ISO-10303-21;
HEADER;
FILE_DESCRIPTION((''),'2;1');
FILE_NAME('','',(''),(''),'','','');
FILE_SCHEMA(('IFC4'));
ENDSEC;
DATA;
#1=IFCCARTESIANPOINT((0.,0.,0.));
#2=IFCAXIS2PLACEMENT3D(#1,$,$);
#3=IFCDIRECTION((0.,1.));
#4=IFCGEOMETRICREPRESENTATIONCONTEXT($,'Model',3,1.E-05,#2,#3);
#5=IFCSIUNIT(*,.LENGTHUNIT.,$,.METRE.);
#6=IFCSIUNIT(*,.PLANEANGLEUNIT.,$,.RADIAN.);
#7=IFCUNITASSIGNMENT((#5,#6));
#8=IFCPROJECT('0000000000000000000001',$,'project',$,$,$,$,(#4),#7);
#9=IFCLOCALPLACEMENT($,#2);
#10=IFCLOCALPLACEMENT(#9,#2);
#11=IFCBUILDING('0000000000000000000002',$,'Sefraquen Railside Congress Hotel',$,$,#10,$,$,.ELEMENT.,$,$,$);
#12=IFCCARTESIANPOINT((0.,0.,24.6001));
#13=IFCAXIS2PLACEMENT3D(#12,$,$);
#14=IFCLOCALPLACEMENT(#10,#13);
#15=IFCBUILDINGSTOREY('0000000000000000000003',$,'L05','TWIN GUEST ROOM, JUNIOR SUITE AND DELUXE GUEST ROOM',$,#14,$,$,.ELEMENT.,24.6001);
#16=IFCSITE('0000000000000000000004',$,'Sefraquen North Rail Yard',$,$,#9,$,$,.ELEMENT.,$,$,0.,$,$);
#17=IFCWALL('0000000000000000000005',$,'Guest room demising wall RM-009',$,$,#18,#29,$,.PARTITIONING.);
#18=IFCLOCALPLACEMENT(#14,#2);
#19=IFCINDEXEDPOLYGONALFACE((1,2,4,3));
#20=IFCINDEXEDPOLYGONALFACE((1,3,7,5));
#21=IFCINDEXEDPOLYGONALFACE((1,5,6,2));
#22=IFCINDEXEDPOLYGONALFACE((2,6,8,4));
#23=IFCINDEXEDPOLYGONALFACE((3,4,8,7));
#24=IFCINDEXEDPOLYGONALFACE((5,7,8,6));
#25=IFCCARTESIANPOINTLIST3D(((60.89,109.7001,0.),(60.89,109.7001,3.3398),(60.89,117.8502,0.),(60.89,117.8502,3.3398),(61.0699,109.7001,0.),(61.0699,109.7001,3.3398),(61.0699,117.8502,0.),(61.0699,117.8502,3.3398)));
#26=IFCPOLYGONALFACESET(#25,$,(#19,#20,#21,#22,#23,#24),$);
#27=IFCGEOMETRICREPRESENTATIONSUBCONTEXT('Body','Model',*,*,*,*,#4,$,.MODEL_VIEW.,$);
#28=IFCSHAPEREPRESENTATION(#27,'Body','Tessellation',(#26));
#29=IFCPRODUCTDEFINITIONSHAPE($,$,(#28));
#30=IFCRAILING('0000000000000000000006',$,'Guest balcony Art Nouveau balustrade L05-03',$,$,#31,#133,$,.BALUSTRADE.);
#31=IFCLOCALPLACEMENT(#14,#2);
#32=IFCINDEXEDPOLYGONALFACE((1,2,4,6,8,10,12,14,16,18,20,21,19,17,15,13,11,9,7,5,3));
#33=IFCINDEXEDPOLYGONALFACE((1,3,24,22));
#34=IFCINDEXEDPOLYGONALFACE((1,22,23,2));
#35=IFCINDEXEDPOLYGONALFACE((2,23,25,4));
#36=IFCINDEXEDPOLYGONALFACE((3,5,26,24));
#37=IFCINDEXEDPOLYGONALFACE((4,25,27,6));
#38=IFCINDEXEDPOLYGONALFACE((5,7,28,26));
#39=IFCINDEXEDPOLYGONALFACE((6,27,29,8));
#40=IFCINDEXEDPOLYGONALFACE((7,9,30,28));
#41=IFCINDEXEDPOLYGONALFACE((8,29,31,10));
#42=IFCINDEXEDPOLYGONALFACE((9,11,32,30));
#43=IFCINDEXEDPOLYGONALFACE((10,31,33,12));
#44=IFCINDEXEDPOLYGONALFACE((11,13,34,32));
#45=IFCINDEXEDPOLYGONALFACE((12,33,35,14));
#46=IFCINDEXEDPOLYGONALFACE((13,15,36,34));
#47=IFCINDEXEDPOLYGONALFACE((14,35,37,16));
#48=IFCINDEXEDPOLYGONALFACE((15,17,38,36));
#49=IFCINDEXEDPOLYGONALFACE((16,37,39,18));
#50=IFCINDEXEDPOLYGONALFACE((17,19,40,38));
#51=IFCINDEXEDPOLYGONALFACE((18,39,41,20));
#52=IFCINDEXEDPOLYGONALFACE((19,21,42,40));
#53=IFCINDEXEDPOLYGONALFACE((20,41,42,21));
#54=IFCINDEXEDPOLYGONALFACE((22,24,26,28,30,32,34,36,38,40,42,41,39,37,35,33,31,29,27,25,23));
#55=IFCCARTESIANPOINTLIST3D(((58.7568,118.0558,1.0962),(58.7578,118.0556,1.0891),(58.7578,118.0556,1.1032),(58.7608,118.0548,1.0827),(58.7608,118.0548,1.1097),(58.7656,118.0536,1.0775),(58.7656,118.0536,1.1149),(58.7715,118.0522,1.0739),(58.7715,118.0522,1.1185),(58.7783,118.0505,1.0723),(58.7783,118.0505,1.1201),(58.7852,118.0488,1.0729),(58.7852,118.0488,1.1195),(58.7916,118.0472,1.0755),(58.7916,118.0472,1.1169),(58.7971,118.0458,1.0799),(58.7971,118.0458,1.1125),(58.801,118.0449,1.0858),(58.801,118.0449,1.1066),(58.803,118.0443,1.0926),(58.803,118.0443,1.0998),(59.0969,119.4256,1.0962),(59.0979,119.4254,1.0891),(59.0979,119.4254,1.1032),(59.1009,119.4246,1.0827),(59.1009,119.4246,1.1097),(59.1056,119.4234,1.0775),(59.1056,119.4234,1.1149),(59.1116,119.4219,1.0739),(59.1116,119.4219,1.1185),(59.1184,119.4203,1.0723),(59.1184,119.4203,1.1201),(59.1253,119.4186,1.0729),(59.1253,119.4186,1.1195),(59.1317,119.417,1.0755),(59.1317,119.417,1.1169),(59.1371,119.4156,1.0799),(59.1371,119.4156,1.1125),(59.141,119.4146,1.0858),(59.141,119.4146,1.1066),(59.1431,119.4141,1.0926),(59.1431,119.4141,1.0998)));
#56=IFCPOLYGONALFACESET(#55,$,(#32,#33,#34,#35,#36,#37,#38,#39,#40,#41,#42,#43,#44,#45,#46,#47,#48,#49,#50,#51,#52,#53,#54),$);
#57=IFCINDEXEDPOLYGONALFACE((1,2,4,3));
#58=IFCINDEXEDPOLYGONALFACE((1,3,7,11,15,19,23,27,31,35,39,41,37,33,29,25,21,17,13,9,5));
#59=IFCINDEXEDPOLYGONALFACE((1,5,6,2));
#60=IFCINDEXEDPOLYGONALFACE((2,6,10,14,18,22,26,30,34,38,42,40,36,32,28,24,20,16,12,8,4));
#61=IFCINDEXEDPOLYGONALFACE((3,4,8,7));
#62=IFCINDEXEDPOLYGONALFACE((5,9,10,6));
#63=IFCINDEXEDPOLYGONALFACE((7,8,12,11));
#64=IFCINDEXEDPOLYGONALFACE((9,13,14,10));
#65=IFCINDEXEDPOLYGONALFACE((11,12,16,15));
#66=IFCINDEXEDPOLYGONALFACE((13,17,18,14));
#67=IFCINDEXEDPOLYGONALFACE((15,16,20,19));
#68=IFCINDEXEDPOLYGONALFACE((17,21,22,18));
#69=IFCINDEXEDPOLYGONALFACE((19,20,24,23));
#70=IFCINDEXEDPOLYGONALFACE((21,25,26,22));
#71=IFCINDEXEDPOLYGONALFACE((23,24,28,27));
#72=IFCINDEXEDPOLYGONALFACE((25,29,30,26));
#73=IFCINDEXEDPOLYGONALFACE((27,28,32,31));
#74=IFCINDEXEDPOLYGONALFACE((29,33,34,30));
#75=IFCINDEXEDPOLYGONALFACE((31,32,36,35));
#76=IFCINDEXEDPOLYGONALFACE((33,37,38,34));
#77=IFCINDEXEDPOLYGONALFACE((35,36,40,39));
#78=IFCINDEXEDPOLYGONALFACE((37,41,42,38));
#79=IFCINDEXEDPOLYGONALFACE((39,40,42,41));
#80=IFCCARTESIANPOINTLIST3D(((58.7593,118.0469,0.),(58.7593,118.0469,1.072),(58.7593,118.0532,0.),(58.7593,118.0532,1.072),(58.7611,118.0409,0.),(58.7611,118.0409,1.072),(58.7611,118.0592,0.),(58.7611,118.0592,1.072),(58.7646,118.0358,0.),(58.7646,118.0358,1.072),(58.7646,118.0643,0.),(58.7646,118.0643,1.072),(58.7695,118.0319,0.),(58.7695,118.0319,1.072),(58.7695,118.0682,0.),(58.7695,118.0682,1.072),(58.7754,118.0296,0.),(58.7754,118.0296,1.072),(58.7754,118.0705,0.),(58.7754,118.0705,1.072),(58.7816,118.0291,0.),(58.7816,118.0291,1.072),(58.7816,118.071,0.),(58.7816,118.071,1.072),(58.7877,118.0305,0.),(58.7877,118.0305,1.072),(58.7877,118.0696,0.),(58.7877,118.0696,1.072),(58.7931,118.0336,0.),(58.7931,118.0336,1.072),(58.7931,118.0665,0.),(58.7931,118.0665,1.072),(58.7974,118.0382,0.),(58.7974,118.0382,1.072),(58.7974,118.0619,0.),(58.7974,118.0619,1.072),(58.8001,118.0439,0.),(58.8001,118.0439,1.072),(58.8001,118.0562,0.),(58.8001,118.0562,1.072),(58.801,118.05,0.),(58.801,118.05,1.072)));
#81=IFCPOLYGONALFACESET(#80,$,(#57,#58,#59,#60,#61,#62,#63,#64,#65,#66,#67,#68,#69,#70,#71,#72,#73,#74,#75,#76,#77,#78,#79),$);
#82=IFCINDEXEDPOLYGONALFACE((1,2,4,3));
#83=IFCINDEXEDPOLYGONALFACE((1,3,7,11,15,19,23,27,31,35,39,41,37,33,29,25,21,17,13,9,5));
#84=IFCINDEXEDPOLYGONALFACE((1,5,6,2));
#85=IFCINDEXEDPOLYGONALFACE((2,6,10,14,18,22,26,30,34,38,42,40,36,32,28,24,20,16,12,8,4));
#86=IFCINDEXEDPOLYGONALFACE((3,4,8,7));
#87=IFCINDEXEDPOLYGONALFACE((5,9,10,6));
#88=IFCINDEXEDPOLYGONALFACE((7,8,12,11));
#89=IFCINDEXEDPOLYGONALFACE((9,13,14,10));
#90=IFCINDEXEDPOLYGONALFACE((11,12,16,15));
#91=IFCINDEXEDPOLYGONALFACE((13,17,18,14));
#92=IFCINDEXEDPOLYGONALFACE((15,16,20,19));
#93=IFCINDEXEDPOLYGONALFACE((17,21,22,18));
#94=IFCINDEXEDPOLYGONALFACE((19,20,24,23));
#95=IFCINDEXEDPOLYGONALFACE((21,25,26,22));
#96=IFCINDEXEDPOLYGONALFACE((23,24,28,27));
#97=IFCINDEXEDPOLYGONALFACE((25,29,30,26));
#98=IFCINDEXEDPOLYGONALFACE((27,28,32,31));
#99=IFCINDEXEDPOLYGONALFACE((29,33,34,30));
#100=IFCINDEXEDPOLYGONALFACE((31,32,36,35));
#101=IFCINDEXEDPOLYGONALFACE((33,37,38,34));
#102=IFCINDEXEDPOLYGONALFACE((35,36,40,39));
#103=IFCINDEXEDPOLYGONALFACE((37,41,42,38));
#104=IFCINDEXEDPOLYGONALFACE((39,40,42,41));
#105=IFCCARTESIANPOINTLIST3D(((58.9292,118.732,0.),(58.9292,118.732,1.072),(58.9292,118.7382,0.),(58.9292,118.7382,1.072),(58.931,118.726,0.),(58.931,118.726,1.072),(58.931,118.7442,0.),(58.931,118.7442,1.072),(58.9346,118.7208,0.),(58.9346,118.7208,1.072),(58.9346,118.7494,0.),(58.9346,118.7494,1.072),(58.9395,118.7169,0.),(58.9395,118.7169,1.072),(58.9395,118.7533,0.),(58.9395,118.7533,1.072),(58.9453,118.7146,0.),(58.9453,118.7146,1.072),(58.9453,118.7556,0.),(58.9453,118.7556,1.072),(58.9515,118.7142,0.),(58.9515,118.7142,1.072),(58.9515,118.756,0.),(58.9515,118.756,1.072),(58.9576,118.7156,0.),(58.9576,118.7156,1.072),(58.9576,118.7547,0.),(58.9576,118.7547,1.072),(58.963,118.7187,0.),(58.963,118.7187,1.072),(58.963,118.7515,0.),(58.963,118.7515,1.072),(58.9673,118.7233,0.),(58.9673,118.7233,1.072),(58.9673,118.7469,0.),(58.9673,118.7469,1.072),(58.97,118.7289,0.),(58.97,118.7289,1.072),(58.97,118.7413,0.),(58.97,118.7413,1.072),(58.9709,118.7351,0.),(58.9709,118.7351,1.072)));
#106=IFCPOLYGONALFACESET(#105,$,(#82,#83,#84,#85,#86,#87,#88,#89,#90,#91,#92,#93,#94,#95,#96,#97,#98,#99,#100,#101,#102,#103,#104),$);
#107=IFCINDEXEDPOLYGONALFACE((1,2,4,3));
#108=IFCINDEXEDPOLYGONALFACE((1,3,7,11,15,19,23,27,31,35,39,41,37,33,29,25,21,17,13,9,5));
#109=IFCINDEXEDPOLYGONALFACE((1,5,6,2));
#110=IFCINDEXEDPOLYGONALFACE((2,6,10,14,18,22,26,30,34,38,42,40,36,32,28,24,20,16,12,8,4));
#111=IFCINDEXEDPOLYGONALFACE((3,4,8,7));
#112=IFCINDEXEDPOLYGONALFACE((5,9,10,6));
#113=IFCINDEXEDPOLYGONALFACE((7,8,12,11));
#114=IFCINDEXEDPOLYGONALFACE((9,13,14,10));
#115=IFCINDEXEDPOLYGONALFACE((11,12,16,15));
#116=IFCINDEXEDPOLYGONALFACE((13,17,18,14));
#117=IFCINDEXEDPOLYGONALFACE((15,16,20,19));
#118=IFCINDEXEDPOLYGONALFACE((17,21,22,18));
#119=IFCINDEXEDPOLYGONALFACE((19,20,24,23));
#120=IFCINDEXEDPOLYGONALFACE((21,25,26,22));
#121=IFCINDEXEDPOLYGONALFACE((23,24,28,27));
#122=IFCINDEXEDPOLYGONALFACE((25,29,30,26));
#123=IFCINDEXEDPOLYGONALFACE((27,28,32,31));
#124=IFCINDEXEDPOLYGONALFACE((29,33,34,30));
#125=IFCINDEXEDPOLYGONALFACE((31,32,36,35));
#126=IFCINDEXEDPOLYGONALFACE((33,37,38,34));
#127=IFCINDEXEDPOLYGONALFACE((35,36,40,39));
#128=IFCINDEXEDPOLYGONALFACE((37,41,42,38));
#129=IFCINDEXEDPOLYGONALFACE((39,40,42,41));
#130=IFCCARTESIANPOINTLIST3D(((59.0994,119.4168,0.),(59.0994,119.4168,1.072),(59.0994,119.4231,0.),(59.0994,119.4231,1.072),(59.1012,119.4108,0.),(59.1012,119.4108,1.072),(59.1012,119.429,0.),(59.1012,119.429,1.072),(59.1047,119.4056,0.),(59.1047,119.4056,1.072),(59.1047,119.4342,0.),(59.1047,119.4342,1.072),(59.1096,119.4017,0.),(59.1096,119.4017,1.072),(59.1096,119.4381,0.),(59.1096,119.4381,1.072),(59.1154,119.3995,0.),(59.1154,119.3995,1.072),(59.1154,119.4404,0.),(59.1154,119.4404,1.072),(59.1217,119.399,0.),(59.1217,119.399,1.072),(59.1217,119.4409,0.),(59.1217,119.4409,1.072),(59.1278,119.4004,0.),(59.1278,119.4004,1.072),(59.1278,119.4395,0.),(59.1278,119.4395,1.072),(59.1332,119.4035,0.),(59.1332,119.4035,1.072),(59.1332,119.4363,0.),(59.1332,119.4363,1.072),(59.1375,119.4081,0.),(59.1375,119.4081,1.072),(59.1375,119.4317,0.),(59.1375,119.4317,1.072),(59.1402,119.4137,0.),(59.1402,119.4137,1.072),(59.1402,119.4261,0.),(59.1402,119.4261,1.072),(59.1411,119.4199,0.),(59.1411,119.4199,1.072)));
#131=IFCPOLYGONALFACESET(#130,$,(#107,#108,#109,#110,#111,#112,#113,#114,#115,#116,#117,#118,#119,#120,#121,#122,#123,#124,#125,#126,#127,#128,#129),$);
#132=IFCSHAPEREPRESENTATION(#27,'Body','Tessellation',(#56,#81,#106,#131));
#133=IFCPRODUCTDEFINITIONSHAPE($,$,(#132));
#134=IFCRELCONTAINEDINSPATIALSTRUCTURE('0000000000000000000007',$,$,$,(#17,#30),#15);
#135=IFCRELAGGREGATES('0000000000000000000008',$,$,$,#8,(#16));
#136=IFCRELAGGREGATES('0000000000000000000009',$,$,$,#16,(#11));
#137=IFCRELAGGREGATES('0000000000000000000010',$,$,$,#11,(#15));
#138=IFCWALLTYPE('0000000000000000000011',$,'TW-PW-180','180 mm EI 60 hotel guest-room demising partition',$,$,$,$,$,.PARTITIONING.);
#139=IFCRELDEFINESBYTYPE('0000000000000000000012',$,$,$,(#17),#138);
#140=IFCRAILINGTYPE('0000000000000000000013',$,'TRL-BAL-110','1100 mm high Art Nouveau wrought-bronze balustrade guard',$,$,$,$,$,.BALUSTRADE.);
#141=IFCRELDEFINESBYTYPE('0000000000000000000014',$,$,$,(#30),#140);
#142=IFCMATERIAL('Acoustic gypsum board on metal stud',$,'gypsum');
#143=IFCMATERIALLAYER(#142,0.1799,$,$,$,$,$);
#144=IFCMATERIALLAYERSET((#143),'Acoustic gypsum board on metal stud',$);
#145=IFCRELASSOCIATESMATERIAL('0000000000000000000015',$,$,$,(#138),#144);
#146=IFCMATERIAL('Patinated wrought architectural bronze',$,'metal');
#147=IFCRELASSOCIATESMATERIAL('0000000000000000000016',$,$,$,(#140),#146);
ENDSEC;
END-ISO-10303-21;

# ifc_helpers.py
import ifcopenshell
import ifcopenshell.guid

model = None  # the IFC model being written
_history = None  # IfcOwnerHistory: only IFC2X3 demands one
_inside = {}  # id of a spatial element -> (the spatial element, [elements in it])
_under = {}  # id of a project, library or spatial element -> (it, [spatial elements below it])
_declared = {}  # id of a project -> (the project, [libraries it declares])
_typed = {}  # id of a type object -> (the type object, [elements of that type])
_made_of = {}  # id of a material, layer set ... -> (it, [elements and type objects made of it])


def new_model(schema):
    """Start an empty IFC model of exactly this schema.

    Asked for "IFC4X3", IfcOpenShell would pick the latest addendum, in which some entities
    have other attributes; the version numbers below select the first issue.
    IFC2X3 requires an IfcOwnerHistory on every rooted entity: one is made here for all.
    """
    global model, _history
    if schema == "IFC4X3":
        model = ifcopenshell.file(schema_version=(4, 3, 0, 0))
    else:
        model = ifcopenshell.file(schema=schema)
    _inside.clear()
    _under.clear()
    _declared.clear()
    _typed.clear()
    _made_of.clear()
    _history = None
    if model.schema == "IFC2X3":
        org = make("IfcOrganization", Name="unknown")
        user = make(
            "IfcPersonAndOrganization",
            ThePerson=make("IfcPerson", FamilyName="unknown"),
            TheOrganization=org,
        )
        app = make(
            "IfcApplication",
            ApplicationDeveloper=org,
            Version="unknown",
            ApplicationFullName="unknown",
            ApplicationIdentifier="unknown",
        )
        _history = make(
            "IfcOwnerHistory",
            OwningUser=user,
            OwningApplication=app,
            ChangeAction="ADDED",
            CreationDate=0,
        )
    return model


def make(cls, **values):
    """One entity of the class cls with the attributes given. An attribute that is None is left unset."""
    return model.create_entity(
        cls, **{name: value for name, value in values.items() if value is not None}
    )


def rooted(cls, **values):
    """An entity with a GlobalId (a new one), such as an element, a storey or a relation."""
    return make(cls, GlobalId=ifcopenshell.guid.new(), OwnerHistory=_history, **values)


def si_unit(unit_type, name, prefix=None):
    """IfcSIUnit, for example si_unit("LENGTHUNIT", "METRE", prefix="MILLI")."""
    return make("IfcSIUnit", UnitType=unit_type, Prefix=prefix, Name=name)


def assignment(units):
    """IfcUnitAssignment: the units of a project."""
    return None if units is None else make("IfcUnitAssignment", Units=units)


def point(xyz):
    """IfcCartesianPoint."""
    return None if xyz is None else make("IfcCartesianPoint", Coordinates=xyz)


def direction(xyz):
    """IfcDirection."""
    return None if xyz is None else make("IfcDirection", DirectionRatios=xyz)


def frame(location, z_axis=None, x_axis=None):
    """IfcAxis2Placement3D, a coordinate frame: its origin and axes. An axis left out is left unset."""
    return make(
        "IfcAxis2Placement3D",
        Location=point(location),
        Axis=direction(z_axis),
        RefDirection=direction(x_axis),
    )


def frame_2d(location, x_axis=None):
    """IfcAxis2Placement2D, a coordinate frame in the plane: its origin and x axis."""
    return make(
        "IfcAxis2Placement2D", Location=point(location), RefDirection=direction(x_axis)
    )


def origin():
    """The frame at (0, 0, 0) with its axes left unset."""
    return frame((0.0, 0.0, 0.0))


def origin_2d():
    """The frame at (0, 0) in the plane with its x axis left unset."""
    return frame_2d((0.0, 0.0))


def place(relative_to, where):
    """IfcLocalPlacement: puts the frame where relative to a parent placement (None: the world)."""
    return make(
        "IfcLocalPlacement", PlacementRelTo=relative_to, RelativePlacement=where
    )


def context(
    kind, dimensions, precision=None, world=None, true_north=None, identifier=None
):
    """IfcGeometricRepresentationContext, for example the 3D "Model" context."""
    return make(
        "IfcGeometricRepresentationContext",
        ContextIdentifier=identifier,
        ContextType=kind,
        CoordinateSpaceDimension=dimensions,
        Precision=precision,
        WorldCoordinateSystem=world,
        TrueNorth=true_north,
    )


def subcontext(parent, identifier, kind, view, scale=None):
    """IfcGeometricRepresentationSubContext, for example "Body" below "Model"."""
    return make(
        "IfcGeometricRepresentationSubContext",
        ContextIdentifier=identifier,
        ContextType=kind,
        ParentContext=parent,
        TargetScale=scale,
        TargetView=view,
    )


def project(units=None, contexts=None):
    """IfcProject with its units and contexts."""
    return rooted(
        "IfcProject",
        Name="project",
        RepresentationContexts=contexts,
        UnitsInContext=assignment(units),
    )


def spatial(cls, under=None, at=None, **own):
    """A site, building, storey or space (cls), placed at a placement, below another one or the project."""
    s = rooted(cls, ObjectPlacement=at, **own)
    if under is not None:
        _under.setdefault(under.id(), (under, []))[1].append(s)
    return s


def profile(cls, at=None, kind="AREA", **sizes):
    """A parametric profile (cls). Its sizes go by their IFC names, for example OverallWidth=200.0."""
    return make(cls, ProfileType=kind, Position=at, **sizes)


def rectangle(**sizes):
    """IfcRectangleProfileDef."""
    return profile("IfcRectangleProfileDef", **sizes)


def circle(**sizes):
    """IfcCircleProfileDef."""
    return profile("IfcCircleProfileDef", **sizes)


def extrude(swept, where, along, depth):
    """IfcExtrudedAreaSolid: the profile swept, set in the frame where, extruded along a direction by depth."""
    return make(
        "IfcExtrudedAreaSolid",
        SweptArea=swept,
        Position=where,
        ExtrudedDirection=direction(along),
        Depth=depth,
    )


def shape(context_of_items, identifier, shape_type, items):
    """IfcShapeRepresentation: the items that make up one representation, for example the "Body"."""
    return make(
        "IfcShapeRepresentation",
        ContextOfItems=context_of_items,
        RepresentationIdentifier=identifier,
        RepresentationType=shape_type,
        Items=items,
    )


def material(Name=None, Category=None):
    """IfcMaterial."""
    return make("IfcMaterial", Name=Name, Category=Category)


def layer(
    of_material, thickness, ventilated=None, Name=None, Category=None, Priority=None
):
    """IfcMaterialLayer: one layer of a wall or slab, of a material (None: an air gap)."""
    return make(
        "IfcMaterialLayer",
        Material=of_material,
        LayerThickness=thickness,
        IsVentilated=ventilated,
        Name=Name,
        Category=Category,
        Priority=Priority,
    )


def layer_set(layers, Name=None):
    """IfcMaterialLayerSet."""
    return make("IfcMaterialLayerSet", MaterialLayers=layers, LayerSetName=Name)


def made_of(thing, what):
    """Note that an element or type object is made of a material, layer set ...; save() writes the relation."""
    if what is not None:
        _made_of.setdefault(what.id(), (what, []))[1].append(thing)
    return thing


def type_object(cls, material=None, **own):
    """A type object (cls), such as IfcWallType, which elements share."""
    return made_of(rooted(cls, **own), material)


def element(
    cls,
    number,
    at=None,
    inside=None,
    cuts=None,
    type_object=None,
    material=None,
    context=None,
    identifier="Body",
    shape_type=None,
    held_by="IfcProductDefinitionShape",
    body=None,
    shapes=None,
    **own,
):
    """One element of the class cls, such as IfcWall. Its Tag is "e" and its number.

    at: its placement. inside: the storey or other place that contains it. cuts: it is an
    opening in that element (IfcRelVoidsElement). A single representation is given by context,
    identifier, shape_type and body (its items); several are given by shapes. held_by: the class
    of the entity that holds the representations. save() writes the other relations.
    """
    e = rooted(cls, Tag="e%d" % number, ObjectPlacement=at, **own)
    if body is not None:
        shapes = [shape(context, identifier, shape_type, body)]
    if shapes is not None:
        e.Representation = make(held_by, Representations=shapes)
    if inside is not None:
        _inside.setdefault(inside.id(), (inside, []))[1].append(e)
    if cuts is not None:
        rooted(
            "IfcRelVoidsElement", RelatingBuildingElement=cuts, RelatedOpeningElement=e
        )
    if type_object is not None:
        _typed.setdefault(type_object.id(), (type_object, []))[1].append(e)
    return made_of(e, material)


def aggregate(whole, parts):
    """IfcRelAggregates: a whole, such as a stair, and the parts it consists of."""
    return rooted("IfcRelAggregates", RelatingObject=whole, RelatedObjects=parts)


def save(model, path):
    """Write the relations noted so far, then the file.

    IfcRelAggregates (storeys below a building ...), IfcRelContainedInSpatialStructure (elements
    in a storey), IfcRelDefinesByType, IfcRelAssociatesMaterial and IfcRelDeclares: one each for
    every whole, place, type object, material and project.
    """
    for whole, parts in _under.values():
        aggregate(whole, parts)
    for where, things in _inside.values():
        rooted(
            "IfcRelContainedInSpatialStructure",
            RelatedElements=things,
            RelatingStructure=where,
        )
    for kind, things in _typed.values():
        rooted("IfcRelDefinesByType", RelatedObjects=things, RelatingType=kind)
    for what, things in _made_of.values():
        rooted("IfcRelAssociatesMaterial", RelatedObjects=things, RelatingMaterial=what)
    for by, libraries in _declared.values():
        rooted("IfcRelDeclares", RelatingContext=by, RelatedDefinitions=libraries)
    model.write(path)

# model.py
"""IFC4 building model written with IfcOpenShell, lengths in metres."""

from ifc_helpers import new_model, si_unit, direction, frame, frame_2d, origin, origin_2d, place, context, subcontext, project, spatial, rectangle, circle, extrude, material, layer, layer_set, type_object, element, save


model = new_model("IFC4")

# Units and contexts
model_context = context("Model", 3, precision=1e-05, world=origin(), true_north=direction((0.0, 1.0)))
body_context = subcontext(model_context, "Body", "Model", "MODEL_VIEW")
ifc_project = project(units=[si_unit("LENGTHUNIT", "METRE"), si_unit("PLANEANGLEUNIT", "RADIAN")], contexts=[model_context])

# Site, building, storey
site_placement = place(None, origin())
site = spatial("IfcSite", under=ifc_project, at=site_placement, Name="Sefraquen North Rail Yard", CompositionType="ELEMENT", RefElevation=0.0)
building_placement = place(site_placement, origin())
building = spatial("IfcBuilding", under=site, at=building_placement, Name="Sefraquen Railside Congress Hotel", CompositionType="ELEMENT")
storey_placement = place(building_placement, frame((0.0, 0.0, 24.6001)))
storey = spatial("IfcBuildingStorey", under=building, at=storey_placement, Name="L05", Description="TWIN GUEST ROOM, JUNIOR SUITE AND DELUXE GUEST ROOM", CompositionType="ELEMENT", Elevation=24.6001)

# Wall
ifc_material_1 = material(Name="Acoustic gypsum board on metal stud", Category="gypsum")
ifc_layer_1 = layer(ifc_material_1, 0.1799)
ifc_layer_set_1 = layer_set([ifc_layer_1], Name="Acoustic gypsum board on metal stud")
wall_type_1 = type_object("IfcWallType", Name="TW-PW-180", Description="180 mm EI 60 hotel guest-room demising partition", PredefinedType="PARTITIONING", material=ifc_layer_set_1)
wall_1_placement = place(storey_placement, frame((60.98, 109.7, 0.0), z_axis=(0.0, 0.0, 1.0), x_axis=(0.0, 1.0, 0.0)))
element("IfcWall", 1, at=wall_1_placement, inside=storey, type_object=wall_type_1, Name="Guest room demising wall RM-009", PredefinedType="PARTITIONING", context=body_context, shape_type="SweptSolid", body=[
    extrude(rectangle(XDim=8.1501, YDim=0.1799, at=frame_2d((4.0752, 0.0))), origin(), (0.0, 0.0, 1.0), 3.3398),
])

# Railing
ifc_material_2 = material(Name="Patinated wrought architectural bronze", Category="metal")
railing_type = type_object("IfcRailingType", Name="TRL-BAL-110", Description="1100 mm high Art Nouveau wrought-bronze balustrade guard", PredefinedType="BALUSTRADE", material=ifc_material_2)
railing_1_placement = place(storey_placement, frame((58.78, 118.05, 0.0)))
element("IfcRailing", 2, at=railing_1_placement, inside=storey, type_object=railing_type, Name="Guest balcony Art Nouveau balustrade L05-03", PredefinedType="BALUSTRADE", context=body_context, shape_type="SweptSolid", body=[
    extrude(circle(Radius=0.0239, at=origin_2d()), frame((0.0, 0.0, 1.0962), z_axis=(0.240948, 0.970538, 0.0), x_axis=(-0.970538, 0.240948, 0.0)), (0.0, 0.0, 1.0), 1.4114),
    extrude(circle(Radius=0.021, at=origin_2d()), origin(), (0.0, 0.0, 1.0), 1.072),
    extrude(circle(Radius=0.021, at=origin_2d()), frame((0.1699, 0.6851, 0.0)), (0.0, 0.0, 1.0), 1.072),
    extrude(circle(Radius=0.021, at=origin_2d()), frame((0.3401, 1.3699, 0.0)), (0.0, 0.0, 1.0), 1.072),
])

save(model, "model.ifc")
